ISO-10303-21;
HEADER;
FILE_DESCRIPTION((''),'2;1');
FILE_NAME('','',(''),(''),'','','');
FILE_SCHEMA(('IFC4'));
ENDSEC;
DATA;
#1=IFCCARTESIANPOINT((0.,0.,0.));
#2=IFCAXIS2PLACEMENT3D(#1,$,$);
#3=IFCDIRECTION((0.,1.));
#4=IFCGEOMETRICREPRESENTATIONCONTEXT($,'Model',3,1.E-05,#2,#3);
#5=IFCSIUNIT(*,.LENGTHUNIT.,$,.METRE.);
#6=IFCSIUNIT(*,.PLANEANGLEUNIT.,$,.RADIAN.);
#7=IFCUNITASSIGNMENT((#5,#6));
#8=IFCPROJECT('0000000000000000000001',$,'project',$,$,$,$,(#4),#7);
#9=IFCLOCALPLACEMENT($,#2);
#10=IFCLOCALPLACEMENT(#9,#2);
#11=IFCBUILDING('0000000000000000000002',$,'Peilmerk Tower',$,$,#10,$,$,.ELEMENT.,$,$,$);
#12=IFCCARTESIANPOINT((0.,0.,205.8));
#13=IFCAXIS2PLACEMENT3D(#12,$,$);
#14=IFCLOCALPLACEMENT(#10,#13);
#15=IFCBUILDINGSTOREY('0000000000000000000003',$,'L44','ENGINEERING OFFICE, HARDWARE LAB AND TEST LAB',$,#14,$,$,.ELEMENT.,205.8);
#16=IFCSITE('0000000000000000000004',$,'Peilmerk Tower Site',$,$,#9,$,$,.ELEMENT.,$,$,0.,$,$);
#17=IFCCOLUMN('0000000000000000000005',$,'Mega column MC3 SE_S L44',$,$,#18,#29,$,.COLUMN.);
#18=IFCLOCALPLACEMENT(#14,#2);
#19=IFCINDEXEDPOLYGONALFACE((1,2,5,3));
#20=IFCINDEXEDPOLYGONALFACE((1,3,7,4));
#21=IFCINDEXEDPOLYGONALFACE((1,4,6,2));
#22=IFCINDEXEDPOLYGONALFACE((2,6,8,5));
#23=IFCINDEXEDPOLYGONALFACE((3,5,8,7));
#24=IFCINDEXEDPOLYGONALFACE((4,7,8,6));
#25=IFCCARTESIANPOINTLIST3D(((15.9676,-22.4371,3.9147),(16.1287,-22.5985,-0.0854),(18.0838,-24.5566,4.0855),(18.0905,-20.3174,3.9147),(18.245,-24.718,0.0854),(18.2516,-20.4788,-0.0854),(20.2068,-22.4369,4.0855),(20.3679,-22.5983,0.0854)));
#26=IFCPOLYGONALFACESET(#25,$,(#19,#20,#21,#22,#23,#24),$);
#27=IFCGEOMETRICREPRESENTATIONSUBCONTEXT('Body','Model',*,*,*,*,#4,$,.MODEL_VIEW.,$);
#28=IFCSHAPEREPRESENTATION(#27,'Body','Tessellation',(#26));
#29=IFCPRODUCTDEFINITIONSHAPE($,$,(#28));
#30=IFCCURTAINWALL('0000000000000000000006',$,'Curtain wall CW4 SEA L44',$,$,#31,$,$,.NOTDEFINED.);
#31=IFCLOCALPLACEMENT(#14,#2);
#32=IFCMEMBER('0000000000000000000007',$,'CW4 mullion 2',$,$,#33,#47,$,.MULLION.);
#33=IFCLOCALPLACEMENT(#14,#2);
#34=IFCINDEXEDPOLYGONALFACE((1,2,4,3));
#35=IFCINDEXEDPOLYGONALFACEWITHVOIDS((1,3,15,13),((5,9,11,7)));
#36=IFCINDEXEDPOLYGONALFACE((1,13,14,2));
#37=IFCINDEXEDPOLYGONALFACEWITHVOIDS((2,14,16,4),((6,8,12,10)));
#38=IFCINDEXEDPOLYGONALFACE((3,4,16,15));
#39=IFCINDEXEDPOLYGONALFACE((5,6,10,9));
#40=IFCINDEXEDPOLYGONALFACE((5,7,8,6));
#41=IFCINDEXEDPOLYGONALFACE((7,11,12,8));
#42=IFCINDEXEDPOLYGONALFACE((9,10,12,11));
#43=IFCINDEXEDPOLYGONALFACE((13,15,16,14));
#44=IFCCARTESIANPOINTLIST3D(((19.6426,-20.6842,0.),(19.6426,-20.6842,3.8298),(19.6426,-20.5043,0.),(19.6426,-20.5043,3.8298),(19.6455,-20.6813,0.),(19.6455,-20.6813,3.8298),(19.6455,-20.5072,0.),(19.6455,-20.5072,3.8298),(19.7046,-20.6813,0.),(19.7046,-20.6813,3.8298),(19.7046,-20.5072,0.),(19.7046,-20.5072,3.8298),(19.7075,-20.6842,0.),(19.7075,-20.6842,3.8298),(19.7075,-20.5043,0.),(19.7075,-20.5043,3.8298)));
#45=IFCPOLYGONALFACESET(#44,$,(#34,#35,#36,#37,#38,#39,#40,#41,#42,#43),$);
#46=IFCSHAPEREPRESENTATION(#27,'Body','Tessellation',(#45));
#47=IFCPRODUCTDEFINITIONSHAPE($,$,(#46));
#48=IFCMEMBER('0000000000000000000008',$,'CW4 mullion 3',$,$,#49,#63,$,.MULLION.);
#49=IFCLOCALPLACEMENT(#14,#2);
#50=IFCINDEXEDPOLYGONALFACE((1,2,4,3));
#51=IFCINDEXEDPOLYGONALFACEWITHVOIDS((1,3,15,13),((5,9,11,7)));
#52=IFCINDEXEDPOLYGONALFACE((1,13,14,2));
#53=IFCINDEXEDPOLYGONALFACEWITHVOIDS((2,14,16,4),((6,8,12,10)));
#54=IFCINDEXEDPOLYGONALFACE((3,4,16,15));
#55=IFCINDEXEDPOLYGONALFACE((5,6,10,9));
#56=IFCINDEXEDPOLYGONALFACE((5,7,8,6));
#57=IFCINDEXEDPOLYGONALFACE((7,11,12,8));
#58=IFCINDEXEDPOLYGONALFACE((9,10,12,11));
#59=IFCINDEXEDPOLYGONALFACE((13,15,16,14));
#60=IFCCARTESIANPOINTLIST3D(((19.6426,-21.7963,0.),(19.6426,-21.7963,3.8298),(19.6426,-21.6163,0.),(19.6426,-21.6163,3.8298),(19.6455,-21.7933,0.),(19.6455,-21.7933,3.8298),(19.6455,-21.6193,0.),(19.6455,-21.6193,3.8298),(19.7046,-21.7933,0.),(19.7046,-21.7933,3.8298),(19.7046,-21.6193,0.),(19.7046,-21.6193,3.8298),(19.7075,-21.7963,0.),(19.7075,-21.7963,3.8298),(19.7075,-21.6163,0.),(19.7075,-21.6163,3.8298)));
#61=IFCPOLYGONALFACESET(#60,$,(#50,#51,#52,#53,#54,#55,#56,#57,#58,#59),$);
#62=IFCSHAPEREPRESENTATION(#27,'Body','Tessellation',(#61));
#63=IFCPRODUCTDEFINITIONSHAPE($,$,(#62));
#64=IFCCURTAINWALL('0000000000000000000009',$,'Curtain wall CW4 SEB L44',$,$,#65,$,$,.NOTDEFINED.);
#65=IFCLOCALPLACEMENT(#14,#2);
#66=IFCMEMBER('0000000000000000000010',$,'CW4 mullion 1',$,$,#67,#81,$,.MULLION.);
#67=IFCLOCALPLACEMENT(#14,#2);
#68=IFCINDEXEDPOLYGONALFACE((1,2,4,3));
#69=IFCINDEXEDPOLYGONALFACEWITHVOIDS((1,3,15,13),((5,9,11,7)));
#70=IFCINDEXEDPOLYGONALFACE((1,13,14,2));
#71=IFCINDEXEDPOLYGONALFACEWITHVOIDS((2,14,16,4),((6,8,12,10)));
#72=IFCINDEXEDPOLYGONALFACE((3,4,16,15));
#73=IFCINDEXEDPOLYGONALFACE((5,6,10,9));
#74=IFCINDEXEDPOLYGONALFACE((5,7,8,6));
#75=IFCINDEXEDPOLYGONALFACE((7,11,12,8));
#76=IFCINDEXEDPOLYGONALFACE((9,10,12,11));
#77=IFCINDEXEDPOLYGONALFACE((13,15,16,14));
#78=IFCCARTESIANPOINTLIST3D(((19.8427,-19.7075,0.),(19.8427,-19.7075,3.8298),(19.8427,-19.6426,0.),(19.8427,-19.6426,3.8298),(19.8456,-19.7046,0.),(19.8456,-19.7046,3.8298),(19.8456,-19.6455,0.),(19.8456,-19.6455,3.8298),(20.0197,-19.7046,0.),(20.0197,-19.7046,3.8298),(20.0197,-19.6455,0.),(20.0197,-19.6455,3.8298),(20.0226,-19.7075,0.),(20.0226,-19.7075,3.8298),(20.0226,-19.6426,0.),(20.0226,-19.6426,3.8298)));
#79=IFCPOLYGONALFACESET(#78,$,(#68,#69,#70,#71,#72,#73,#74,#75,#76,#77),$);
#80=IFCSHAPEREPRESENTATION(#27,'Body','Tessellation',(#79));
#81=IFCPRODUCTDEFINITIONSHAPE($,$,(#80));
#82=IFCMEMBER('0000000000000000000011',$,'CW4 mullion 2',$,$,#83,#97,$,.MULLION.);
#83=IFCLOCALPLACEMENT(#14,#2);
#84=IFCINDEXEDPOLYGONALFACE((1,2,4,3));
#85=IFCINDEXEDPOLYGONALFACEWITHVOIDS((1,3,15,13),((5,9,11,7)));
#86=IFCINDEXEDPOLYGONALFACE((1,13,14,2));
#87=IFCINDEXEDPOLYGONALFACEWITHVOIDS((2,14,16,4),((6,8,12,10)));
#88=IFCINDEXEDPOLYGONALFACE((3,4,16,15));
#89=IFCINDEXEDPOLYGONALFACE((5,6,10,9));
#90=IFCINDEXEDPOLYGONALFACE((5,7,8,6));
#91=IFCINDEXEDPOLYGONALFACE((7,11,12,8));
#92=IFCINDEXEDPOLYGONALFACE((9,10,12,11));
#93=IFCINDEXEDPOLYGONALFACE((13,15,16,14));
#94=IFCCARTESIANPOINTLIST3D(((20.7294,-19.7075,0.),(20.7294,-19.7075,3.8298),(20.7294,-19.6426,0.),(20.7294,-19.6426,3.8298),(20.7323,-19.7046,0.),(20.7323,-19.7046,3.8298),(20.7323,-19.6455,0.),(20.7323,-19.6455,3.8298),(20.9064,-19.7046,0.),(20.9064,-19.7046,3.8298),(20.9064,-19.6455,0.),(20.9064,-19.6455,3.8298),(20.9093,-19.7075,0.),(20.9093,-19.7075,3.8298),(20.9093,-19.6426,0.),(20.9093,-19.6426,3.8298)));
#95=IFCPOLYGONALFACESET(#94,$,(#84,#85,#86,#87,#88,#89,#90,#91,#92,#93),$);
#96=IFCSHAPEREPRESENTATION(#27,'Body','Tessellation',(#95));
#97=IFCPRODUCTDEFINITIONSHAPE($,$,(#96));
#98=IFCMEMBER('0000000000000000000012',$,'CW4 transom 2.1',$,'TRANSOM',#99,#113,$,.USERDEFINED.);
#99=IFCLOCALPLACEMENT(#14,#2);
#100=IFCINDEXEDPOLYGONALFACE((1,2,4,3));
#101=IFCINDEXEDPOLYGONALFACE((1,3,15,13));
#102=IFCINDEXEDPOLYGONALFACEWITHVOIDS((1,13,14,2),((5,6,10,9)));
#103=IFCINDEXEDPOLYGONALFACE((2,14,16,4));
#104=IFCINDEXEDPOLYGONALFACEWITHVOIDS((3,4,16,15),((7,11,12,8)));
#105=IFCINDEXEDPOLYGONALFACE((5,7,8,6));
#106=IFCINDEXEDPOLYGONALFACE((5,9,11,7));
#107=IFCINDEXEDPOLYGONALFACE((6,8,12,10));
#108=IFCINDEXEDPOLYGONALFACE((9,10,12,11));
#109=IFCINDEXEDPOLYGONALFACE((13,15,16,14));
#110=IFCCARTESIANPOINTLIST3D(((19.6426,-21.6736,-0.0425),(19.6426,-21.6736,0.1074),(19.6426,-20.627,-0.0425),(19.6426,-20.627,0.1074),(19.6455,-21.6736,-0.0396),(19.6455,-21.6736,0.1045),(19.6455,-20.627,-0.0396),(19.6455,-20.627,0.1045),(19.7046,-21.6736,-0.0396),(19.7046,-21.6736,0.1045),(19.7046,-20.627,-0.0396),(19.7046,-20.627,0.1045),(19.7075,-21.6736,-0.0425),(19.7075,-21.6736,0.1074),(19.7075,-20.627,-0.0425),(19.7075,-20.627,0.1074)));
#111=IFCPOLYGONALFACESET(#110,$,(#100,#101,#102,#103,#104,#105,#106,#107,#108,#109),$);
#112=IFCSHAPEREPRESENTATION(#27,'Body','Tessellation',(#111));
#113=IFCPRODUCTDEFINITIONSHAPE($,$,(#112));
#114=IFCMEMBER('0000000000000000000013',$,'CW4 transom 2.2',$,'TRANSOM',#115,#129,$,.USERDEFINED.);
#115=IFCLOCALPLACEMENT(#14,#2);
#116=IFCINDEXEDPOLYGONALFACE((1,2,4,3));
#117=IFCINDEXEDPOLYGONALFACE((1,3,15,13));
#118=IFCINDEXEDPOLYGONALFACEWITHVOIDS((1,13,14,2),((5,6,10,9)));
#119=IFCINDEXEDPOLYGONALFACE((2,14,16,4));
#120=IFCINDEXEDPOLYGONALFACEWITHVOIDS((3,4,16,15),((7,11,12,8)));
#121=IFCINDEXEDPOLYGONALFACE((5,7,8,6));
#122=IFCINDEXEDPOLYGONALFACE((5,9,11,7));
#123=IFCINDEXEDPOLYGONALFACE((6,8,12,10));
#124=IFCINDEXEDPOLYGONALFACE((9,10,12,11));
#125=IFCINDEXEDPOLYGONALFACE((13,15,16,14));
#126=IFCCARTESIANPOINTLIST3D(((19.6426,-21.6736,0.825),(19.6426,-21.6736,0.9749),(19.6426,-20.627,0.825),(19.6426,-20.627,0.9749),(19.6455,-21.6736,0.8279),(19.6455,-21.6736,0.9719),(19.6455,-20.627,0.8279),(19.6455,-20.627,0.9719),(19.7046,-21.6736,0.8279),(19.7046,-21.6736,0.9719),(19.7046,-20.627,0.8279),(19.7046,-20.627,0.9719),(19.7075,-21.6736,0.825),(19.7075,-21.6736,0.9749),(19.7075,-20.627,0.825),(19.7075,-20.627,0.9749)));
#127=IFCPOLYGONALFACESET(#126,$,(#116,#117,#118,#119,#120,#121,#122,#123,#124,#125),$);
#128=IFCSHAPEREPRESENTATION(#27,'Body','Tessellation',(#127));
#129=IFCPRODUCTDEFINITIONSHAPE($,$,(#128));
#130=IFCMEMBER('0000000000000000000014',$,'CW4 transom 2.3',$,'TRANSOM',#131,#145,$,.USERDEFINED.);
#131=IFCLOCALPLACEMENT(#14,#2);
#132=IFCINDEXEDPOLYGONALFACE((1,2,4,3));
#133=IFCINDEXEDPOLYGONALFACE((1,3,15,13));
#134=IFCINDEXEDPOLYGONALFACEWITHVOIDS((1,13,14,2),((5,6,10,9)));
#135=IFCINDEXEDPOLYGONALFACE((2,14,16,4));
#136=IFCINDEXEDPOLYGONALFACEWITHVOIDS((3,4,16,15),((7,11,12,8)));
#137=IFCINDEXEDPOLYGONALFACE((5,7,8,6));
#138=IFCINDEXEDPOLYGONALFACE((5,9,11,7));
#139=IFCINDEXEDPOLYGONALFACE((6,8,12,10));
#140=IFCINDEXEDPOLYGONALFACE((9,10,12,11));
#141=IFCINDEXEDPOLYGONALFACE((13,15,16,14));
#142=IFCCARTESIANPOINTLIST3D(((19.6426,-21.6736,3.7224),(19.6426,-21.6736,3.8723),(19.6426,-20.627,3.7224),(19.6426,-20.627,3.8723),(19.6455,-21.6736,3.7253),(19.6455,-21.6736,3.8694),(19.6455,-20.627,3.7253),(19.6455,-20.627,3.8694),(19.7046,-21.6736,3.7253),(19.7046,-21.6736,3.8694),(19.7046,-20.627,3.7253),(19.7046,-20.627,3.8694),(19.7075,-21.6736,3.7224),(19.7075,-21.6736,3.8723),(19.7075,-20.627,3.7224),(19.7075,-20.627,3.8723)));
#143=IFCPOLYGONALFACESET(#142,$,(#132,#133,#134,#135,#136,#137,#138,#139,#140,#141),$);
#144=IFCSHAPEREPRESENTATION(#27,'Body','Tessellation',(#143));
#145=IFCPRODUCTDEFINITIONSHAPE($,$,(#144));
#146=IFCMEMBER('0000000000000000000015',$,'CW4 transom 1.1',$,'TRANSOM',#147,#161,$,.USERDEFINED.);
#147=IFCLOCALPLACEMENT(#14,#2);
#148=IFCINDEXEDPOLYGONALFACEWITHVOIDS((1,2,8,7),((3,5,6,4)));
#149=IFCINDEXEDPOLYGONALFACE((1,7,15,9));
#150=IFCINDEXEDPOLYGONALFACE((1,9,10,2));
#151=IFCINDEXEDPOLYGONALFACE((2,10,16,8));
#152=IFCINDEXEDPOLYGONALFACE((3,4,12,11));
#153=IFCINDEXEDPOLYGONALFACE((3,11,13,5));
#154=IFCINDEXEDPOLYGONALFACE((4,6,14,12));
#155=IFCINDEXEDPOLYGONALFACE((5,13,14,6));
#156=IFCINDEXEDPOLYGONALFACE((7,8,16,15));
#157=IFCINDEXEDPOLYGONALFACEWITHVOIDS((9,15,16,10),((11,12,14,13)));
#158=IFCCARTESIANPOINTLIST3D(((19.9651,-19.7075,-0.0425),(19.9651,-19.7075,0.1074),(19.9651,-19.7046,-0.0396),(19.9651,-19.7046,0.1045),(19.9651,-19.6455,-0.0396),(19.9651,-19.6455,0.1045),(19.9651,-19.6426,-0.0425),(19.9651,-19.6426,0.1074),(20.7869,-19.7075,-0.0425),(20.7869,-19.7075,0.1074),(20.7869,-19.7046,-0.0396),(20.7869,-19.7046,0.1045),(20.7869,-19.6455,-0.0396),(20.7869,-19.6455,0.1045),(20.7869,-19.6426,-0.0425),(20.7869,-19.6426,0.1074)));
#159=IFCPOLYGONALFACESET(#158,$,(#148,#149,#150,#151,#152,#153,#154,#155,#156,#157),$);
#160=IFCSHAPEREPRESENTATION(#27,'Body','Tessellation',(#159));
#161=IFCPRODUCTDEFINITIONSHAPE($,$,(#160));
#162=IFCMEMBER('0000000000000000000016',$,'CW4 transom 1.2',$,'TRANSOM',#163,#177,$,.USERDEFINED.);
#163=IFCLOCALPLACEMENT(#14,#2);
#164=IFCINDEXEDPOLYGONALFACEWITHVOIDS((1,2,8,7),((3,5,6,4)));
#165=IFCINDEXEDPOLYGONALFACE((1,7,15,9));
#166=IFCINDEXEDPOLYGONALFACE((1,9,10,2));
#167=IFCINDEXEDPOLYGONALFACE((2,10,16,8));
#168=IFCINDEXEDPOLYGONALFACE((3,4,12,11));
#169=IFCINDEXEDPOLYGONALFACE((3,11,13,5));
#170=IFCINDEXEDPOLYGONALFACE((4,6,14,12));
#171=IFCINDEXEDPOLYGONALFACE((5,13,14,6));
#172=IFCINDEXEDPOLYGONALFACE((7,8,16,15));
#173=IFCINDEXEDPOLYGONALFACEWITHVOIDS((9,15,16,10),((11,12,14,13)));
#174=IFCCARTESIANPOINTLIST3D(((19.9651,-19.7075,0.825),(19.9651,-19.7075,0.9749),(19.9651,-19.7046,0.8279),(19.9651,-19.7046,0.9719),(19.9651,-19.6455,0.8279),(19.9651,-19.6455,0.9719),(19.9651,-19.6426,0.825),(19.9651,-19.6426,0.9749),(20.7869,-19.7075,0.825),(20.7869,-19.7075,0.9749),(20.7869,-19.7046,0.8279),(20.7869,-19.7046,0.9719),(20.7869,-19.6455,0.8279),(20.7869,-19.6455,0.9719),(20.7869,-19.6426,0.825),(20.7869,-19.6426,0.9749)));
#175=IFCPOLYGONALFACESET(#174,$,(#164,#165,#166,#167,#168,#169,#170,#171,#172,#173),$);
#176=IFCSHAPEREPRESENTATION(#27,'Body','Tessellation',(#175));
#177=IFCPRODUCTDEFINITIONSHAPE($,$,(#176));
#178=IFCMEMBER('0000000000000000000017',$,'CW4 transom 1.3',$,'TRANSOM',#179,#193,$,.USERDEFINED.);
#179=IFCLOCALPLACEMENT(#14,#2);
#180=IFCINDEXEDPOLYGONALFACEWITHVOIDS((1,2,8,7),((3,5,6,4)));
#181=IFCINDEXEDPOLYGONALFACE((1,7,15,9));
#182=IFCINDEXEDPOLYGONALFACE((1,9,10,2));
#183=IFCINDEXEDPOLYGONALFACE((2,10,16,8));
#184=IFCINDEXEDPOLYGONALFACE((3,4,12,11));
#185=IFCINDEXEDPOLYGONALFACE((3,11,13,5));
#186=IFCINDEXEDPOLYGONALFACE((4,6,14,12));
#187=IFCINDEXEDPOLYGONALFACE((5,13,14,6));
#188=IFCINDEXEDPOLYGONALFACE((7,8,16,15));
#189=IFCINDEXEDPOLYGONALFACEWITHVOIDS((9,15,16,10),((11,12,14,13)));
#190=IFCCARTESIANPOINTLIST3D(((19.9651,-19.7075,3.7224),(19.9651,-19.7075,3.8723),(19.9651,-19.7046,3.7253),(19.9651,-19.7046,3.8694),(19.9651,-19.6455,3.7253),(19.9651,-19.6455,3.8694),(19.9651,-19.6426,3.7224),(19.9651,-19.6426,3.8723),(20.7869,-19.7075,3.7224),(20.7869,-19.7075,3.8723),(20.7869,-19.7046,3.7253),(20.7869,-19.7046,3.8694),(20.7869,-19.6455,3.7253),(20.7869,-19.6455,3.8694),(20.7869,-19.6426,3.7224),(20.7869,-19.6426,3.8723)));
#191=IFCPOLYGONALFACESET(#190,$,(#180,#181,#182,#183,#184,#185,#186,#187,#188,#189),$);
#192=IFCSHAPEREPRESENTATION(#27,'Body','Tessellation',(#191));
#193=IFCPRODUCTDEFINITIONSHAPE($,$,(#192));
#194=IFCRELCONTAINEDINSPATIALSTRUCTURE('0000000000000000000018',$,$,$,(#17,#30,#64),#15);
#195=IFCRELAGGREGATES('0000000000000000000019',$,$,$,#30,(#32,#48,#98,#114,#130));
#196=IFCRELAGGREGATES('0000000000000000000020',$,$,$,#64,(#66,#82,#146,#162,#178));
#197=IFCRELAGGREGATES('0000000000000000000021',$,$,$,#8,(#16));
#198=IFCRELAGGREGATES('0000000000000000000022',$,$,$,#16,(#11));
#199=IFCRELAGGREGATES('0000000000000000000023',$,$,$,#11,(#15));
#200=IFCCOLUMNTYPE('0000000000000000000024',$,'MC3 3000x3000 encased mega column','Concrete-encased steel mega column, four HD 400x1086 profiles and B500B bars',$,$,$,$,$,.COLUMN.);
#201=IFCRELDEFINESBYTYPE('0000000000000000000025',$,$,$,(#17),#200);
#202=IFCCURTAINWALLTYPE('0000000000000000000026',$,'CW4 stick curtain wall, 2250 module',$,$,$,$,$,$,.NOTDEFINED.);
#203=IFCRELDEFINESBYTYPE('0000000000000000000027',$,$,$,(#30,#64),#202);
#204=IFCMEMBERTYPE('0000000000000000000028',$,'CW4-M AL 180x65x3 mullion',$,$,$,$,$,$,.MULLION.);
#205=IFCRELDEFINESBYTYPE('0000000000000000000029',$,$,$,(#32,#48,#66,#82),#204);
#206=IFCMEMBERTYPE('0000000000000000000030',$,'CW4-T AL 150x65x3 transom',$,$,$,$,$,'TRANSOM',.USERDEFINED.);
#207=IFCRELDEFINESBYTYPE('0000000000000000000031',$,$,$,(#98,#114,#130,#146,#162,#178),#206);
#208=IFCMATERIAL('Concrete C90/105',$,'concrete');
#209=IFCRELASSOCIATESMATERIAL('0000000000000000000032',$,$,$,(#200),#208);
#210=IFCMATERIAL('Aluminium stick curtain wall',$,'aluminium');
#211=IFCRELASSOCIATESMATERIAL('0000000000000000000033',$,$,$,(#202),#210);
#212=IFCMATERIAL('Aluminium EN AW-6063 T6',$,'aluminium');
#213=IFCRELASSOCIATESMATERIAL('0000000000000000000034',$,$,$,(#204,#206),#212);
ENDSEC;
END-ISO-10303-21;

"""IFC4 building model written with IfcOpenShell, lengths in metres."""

from ifc_helpers import new_model, si_unit, direction, frame, origin, origin_2d, place, context, subcontext, project, spatial, rectangle, hollow_rectangle, extrude, material, material_profile, profile_set, type_object, element, aggregate, save


model = new_model("IFC4")

# Units and contexts
model_context = context("Model", 3, precision=1e-05, world=origin(), true_north=direction((0.0, 1.0)))
body_context = subcontext(model_context, "Body", "Model", "MODEL_VIEW")
ifc_project = project(units=[si_unit("LENGTHUNIT", "METRE"), si_unit("PLANEANGLEUNIT", "RADIAN")], contexts=[model_context])

# Site, building, storey
site_placement = place(None, origin())
site = spatial("IfcSite", under=ifc_project, at=site_placement, Name="Peilmerk Tower Site", CompositionType="ELEMENT", RefElevation=0.0)
building_placement = place(site_placement, origin())
building = spatial("IfcBuilding", under=site, at=building_placement, Name="Peilmerk Tower", CompositionType="ELEMENT")
storey_placement = place(building_placement, frame((0.0, 0.0, 205.8)))
storey = spatial("IfcBuildingStorey", under=building, at=storey_placement, Name="L44", Description="ENGINEERING OFFICE, HARDWARE LAB AND TEST LAB", CompositionType="ELEMENT", Elevation=205.8)

# Column
ifc_material_1 = material(Name="Concrete C90/105", Category="concrete")
ifc_material_profile_1 = material_profile(ifc_material_1, rectangle(XDim=3.0, YDim=3.0, at=origin_2d()), Name="RC 3000x3000")
ifc_profile_set_1 = profile_set([ifc_material_profile_1], Name="Concrete C90/105")
column_type = type_object("IfcColumnType", Name="MC3 3000x3000 encased mega column", Description="Concrete-encased steel mega column, four HD 400x1086 profiles and B500B bars", PredefinedType="COLUMN", material=ifc_profile_set_1)
column_placement = place(storey_placement, frame((18.2483, -22.5984, 0.0), z_axis=(-0.040218, 0.040279, 0.998379), x_axis=(-0.707642, -0.706571, 0.0)))
element("IfcColumn", 1, at=column_placement, inside=storey, type_object=column_type, Name="Mega column MC3 SE_S L44", PredefinedType="COLUMN", context=body_context, shape_type="SweptSolid", body=[
    extrude(rectangle(XDim=3.0, YDim=3.0, at=origin_2d()), origin(), (0.0, 0.0, 1.0), 4.0066),
])

# Curtain walls, members
ifc_material_2 = material(Name="Aluminium stick curtain wall", Category="aluminium")
curtain_wall_type = type_object("IfcCurtainWallType", Name="CW4 stick curtain wall, 2250 module", PredefinedType="NOTDEFINED", material=ifc_material_2)
curtain_wall_1_placement = place(storey_placement, origin())
curtain_wall_1 = element("IfcCurtainWall", 2, at=curtain_wall_1_placement, inside=storey, type_object=curtain_wall_type, Name="Curtain wall CW4 SEA L44", PredefinedType="NOTDEFINED")
ifc_material_3 = material(Name="Aluminium EN AW-6063 T6", Category="aluminium")
ifc_material_profile_2 = material_profile(ifc_material_3, hollow_rectangle(XDim=0.0649, YDim=0.1799, WallThickness=0.0029, at=origin_2d()), Name="AL 180x65x3")
ifc_profile_set_2 = profile_set([ifc_material_profile_2], Name="Aluminium EN AW-6063 T6")
member_type_1 = type_object("IfcMemberType", Name="CW4-M AL 180x65x3 mullion", PredefinedType="MULLION", material=ifc_profile_set_2)
member_1_placement = place(storey_placement, frame((19.675, -20.5942, 0.0), z_axis=(0.0, 0.0, 1.0), x_axis=(1.0, 0.0, 0.0)))
member_1 = element("IfcMember", 3, at=member_1_placement, type_object=member_type_1, Name="CW4 mullion 2", PredefinedType="MULLION", context=body_context, shape_type="SweptSolid", body=[
    extrude(hollow_rectangle(XDim=0.0649, YDim=0.1799, WallThickness=0.0029, at=origin_2d()), origin(), (0.0, 0.0, 1.0), 3.8298),
])
member_2_placement = place(storey_placement, frame((19.675, -21.7063, 0.0), z_axis=(0.0, 0.0, 1.0), x_axis=(1.0, 0.0, 0.0)))
member_2 = element("IfcMember", 4, at=member_2_placement, type_object=member_type_1, Name="CW4 mullion 3", PredefinedType="MULLION", context=body_context, shape_type="SweptSolid", body=[
    extrude(hollow_rectangle(XDim=0.0649, YDim=0.1799, WallThickness=0.0029, at=origin_2d()), origin(), (0.0, 0.0, 1.0), 3.8298),
])
curtain_wall_2_placement = place(storey_placement, origin())
curtain_wall_2 = element("IfcCurtainWall", 5, at=curtain_wall_2_placement, inside=storey, type_object=curtain_wall_type, Name="Curtain wall CW4 SEB L44", PredefinedType="NOTDEFINED")
member_3_placement = place(storey_placement, frame((19.9326, -19.675, 0.0), z_axis=(0.0, 0.0, 1.0), x_axis=(0.0, 1.0, 0.0)))
member_3 = element("IfcMember", 6, at=member_3_placement, type_object=member_type_1, Name="CW4 mullion 1", PredefinedType="MULLION", context=body_context, shape_type="SweptSolid", body=[
    extrude(hollow_rectangle(XDim=0.0649, YDim=0.1799, WallThickness=0.0029, at=origin_2d()), origin(), (0.0, 0.0, 1.0), 3.8298),
])
member_4_placement = place(storey_placement, frame((20.8193, -19.675, 0.0), z_axis=(0.0, 0.0, 1.0), x_axis=(0.0, 1.0, 0.0)))
member_4 = element("IfcMember", 7, at=member_4_placement, type_object=member_type_1, Name="CW4 mullion 2", PredefinedType="MULLION", context=body_context, shape_type="SweptSolid", body=[
    extrude(hollow_rectangle(XDim=0.0649, YDim=0.1799, WallThickness=0.0029, at=origin_2d()), origin(), (0.0, 0.0, 1.0), 3.8298),
])

# Members
ifc_material_profile_3 = material_profile(ifc_material_3, hollow_rectangle(XDim=0.0649, YDim=0.1499, WallThickness=0.0029, at=origin_2d()), Name="AL 150x65x3")
ifc_profile_set_3 = profile_set([ifc_material_profile_3], Name="Aluminium EN AW-6063 T6")
member_type_2 = type_object("IfcMemberType", Name="CW4-T AL 150x65x3 transom", ElementType="TRANSOM", PredefinedType="USERDEFINED", material=ifc_profile_set_3)
member_5_placement = place(storey_placement, frame((19.675, -20.627, 0.0325), z_axis=(0.0, -1.0, 0.0), x_axis=(1.0, 0.0, 0.0)))
member_5 = element("IfcMember", 8, at=member_5_placement, type_object=member_type_2, Name="CW4 transom 2.1", ObjectType="TRANSOM", PredefinedType="USERDEFINED", context=body_context, shape_type="SweptSolid", body=[
    extrude(hollow_rectangle(XDim=0.0649, YDim=0.1499, WallThickness=0.0029, at=origin_2d()), origin(), (0.0, 0.0, 1.0), 1.0466),
])
member_6_placement = place(storey_placement, frame((19.675, -20.627, 0.8999), z_axis=(0.0, -1.0, 0.0), x_axis=(1.0, 0.0, 0.0)))
member_6 = element("IfcMember", 9, at=member_6_placement, type_object=member_type_2, Name="CW4 transom 2.2", ObjectType="TRANSOM", PredefinedType="USERDEFINED", context=body_context, shape_type="SweptSolid", body=[
    extrude(hollow_rectangle(XDim=0.0649, YDim=0.1499, WallThickness=0.0029, at=origin_2d()), origin(), (0.0, 0.0, 1.0), 1.0466),
])
member_7_placement = place(storey_placement, frame((19.675, -20.627, 3.7974), z_axis=(0.0, -1.0, 0.0), x_axis=(1.0, 0.0, 0.0)))
member_7 = element("IfcMember", 10, at=member_7_placement, type_object=member_type_2, Name="CW4 transom 2.3", ObjectType="TRANSOM", PredefinedType="USERDEFINED", context=body_context, shape_type="SweptSolid", body=[
    extrude(hollow_rectangle(XDim=0.0649, YDim=0.1499, WallThickness=0.0029, at=origin_2d()), origin(), (0.0, 0.0, 1.0), 1.0466),
])
member_8_placement = place(storey_placement, frame((19.9651, -19.675, 0.0325), z_axis=(1.0, 0.0, 0.0), x_axis=(0.0, 1.0, 0.0)))
member_8 = element("IfcMember", 11, at=member_8_placement, type_object=member_type_2, Name="CW4 transom 1.1", ObjectType="TRANSOM", PredefinedType="USERDEFINED", context=body_context, shape_type="SweptSolid", body=[
    extrude(hollow_rectangle(XDim=0.0649, YDim=0.1499, WallThickness=0.0029, at=origin_2d()), origin(), (0.0, 0.0, 1.0), 0.8218),
])
member_9_placement = place(storey_placement, frame((19.9651, -19.675, 0.8999), z_axis=(1.0, 0.0, 0.0), x_axis=(0.0, 1.0, 0.0)))
member_9 = element("IfcMember", 12, at=member_9_placement, type_object=member_type_2, Name="CW4 transom 1.2", ObjectType="TRANSOM", PredefinedType="USERDEFINED", context=body_context, shape_type="SweptSolid", body=[
    extrude(hollow_rectangle(XDim=0.0649, YDim=0.1499, WallThickness=0.0029, at=origin_2d()), origin(), (0.0, 0.0, 1.0), 0.8218),
])
member_10_placement = place(storey_placement, frame((19.9651, -19.675, 3.7974), z_axis=(1.0, 0.0, 0.0), x_axis=(0.0, 1.0, 0.0)))
member_10 = element("IfcMember", 13, at=member_10_placement, type_object=member_type_2, Name="CW4 transom 1.3", ObjectType="TRANSOM", PredefinedType="USERDEFINED", context=body_context, shape_type="SweptSolid", body=[
    extrude(hollow_rectangle(XDim=0.0649, YDim=0.1499, WallThickness=0.0029, at=origin_2d()), origin(), (0.0, 0.0, 1.0), 0.8218),
])

aggregate(curtain_wall_1, [member_1, member_2, member_5, member_6, member_7])
aggregate(curtain_wall_2, [member_3, member_4, member_8, member_9, member_10])

save(model, "model.ifc")
